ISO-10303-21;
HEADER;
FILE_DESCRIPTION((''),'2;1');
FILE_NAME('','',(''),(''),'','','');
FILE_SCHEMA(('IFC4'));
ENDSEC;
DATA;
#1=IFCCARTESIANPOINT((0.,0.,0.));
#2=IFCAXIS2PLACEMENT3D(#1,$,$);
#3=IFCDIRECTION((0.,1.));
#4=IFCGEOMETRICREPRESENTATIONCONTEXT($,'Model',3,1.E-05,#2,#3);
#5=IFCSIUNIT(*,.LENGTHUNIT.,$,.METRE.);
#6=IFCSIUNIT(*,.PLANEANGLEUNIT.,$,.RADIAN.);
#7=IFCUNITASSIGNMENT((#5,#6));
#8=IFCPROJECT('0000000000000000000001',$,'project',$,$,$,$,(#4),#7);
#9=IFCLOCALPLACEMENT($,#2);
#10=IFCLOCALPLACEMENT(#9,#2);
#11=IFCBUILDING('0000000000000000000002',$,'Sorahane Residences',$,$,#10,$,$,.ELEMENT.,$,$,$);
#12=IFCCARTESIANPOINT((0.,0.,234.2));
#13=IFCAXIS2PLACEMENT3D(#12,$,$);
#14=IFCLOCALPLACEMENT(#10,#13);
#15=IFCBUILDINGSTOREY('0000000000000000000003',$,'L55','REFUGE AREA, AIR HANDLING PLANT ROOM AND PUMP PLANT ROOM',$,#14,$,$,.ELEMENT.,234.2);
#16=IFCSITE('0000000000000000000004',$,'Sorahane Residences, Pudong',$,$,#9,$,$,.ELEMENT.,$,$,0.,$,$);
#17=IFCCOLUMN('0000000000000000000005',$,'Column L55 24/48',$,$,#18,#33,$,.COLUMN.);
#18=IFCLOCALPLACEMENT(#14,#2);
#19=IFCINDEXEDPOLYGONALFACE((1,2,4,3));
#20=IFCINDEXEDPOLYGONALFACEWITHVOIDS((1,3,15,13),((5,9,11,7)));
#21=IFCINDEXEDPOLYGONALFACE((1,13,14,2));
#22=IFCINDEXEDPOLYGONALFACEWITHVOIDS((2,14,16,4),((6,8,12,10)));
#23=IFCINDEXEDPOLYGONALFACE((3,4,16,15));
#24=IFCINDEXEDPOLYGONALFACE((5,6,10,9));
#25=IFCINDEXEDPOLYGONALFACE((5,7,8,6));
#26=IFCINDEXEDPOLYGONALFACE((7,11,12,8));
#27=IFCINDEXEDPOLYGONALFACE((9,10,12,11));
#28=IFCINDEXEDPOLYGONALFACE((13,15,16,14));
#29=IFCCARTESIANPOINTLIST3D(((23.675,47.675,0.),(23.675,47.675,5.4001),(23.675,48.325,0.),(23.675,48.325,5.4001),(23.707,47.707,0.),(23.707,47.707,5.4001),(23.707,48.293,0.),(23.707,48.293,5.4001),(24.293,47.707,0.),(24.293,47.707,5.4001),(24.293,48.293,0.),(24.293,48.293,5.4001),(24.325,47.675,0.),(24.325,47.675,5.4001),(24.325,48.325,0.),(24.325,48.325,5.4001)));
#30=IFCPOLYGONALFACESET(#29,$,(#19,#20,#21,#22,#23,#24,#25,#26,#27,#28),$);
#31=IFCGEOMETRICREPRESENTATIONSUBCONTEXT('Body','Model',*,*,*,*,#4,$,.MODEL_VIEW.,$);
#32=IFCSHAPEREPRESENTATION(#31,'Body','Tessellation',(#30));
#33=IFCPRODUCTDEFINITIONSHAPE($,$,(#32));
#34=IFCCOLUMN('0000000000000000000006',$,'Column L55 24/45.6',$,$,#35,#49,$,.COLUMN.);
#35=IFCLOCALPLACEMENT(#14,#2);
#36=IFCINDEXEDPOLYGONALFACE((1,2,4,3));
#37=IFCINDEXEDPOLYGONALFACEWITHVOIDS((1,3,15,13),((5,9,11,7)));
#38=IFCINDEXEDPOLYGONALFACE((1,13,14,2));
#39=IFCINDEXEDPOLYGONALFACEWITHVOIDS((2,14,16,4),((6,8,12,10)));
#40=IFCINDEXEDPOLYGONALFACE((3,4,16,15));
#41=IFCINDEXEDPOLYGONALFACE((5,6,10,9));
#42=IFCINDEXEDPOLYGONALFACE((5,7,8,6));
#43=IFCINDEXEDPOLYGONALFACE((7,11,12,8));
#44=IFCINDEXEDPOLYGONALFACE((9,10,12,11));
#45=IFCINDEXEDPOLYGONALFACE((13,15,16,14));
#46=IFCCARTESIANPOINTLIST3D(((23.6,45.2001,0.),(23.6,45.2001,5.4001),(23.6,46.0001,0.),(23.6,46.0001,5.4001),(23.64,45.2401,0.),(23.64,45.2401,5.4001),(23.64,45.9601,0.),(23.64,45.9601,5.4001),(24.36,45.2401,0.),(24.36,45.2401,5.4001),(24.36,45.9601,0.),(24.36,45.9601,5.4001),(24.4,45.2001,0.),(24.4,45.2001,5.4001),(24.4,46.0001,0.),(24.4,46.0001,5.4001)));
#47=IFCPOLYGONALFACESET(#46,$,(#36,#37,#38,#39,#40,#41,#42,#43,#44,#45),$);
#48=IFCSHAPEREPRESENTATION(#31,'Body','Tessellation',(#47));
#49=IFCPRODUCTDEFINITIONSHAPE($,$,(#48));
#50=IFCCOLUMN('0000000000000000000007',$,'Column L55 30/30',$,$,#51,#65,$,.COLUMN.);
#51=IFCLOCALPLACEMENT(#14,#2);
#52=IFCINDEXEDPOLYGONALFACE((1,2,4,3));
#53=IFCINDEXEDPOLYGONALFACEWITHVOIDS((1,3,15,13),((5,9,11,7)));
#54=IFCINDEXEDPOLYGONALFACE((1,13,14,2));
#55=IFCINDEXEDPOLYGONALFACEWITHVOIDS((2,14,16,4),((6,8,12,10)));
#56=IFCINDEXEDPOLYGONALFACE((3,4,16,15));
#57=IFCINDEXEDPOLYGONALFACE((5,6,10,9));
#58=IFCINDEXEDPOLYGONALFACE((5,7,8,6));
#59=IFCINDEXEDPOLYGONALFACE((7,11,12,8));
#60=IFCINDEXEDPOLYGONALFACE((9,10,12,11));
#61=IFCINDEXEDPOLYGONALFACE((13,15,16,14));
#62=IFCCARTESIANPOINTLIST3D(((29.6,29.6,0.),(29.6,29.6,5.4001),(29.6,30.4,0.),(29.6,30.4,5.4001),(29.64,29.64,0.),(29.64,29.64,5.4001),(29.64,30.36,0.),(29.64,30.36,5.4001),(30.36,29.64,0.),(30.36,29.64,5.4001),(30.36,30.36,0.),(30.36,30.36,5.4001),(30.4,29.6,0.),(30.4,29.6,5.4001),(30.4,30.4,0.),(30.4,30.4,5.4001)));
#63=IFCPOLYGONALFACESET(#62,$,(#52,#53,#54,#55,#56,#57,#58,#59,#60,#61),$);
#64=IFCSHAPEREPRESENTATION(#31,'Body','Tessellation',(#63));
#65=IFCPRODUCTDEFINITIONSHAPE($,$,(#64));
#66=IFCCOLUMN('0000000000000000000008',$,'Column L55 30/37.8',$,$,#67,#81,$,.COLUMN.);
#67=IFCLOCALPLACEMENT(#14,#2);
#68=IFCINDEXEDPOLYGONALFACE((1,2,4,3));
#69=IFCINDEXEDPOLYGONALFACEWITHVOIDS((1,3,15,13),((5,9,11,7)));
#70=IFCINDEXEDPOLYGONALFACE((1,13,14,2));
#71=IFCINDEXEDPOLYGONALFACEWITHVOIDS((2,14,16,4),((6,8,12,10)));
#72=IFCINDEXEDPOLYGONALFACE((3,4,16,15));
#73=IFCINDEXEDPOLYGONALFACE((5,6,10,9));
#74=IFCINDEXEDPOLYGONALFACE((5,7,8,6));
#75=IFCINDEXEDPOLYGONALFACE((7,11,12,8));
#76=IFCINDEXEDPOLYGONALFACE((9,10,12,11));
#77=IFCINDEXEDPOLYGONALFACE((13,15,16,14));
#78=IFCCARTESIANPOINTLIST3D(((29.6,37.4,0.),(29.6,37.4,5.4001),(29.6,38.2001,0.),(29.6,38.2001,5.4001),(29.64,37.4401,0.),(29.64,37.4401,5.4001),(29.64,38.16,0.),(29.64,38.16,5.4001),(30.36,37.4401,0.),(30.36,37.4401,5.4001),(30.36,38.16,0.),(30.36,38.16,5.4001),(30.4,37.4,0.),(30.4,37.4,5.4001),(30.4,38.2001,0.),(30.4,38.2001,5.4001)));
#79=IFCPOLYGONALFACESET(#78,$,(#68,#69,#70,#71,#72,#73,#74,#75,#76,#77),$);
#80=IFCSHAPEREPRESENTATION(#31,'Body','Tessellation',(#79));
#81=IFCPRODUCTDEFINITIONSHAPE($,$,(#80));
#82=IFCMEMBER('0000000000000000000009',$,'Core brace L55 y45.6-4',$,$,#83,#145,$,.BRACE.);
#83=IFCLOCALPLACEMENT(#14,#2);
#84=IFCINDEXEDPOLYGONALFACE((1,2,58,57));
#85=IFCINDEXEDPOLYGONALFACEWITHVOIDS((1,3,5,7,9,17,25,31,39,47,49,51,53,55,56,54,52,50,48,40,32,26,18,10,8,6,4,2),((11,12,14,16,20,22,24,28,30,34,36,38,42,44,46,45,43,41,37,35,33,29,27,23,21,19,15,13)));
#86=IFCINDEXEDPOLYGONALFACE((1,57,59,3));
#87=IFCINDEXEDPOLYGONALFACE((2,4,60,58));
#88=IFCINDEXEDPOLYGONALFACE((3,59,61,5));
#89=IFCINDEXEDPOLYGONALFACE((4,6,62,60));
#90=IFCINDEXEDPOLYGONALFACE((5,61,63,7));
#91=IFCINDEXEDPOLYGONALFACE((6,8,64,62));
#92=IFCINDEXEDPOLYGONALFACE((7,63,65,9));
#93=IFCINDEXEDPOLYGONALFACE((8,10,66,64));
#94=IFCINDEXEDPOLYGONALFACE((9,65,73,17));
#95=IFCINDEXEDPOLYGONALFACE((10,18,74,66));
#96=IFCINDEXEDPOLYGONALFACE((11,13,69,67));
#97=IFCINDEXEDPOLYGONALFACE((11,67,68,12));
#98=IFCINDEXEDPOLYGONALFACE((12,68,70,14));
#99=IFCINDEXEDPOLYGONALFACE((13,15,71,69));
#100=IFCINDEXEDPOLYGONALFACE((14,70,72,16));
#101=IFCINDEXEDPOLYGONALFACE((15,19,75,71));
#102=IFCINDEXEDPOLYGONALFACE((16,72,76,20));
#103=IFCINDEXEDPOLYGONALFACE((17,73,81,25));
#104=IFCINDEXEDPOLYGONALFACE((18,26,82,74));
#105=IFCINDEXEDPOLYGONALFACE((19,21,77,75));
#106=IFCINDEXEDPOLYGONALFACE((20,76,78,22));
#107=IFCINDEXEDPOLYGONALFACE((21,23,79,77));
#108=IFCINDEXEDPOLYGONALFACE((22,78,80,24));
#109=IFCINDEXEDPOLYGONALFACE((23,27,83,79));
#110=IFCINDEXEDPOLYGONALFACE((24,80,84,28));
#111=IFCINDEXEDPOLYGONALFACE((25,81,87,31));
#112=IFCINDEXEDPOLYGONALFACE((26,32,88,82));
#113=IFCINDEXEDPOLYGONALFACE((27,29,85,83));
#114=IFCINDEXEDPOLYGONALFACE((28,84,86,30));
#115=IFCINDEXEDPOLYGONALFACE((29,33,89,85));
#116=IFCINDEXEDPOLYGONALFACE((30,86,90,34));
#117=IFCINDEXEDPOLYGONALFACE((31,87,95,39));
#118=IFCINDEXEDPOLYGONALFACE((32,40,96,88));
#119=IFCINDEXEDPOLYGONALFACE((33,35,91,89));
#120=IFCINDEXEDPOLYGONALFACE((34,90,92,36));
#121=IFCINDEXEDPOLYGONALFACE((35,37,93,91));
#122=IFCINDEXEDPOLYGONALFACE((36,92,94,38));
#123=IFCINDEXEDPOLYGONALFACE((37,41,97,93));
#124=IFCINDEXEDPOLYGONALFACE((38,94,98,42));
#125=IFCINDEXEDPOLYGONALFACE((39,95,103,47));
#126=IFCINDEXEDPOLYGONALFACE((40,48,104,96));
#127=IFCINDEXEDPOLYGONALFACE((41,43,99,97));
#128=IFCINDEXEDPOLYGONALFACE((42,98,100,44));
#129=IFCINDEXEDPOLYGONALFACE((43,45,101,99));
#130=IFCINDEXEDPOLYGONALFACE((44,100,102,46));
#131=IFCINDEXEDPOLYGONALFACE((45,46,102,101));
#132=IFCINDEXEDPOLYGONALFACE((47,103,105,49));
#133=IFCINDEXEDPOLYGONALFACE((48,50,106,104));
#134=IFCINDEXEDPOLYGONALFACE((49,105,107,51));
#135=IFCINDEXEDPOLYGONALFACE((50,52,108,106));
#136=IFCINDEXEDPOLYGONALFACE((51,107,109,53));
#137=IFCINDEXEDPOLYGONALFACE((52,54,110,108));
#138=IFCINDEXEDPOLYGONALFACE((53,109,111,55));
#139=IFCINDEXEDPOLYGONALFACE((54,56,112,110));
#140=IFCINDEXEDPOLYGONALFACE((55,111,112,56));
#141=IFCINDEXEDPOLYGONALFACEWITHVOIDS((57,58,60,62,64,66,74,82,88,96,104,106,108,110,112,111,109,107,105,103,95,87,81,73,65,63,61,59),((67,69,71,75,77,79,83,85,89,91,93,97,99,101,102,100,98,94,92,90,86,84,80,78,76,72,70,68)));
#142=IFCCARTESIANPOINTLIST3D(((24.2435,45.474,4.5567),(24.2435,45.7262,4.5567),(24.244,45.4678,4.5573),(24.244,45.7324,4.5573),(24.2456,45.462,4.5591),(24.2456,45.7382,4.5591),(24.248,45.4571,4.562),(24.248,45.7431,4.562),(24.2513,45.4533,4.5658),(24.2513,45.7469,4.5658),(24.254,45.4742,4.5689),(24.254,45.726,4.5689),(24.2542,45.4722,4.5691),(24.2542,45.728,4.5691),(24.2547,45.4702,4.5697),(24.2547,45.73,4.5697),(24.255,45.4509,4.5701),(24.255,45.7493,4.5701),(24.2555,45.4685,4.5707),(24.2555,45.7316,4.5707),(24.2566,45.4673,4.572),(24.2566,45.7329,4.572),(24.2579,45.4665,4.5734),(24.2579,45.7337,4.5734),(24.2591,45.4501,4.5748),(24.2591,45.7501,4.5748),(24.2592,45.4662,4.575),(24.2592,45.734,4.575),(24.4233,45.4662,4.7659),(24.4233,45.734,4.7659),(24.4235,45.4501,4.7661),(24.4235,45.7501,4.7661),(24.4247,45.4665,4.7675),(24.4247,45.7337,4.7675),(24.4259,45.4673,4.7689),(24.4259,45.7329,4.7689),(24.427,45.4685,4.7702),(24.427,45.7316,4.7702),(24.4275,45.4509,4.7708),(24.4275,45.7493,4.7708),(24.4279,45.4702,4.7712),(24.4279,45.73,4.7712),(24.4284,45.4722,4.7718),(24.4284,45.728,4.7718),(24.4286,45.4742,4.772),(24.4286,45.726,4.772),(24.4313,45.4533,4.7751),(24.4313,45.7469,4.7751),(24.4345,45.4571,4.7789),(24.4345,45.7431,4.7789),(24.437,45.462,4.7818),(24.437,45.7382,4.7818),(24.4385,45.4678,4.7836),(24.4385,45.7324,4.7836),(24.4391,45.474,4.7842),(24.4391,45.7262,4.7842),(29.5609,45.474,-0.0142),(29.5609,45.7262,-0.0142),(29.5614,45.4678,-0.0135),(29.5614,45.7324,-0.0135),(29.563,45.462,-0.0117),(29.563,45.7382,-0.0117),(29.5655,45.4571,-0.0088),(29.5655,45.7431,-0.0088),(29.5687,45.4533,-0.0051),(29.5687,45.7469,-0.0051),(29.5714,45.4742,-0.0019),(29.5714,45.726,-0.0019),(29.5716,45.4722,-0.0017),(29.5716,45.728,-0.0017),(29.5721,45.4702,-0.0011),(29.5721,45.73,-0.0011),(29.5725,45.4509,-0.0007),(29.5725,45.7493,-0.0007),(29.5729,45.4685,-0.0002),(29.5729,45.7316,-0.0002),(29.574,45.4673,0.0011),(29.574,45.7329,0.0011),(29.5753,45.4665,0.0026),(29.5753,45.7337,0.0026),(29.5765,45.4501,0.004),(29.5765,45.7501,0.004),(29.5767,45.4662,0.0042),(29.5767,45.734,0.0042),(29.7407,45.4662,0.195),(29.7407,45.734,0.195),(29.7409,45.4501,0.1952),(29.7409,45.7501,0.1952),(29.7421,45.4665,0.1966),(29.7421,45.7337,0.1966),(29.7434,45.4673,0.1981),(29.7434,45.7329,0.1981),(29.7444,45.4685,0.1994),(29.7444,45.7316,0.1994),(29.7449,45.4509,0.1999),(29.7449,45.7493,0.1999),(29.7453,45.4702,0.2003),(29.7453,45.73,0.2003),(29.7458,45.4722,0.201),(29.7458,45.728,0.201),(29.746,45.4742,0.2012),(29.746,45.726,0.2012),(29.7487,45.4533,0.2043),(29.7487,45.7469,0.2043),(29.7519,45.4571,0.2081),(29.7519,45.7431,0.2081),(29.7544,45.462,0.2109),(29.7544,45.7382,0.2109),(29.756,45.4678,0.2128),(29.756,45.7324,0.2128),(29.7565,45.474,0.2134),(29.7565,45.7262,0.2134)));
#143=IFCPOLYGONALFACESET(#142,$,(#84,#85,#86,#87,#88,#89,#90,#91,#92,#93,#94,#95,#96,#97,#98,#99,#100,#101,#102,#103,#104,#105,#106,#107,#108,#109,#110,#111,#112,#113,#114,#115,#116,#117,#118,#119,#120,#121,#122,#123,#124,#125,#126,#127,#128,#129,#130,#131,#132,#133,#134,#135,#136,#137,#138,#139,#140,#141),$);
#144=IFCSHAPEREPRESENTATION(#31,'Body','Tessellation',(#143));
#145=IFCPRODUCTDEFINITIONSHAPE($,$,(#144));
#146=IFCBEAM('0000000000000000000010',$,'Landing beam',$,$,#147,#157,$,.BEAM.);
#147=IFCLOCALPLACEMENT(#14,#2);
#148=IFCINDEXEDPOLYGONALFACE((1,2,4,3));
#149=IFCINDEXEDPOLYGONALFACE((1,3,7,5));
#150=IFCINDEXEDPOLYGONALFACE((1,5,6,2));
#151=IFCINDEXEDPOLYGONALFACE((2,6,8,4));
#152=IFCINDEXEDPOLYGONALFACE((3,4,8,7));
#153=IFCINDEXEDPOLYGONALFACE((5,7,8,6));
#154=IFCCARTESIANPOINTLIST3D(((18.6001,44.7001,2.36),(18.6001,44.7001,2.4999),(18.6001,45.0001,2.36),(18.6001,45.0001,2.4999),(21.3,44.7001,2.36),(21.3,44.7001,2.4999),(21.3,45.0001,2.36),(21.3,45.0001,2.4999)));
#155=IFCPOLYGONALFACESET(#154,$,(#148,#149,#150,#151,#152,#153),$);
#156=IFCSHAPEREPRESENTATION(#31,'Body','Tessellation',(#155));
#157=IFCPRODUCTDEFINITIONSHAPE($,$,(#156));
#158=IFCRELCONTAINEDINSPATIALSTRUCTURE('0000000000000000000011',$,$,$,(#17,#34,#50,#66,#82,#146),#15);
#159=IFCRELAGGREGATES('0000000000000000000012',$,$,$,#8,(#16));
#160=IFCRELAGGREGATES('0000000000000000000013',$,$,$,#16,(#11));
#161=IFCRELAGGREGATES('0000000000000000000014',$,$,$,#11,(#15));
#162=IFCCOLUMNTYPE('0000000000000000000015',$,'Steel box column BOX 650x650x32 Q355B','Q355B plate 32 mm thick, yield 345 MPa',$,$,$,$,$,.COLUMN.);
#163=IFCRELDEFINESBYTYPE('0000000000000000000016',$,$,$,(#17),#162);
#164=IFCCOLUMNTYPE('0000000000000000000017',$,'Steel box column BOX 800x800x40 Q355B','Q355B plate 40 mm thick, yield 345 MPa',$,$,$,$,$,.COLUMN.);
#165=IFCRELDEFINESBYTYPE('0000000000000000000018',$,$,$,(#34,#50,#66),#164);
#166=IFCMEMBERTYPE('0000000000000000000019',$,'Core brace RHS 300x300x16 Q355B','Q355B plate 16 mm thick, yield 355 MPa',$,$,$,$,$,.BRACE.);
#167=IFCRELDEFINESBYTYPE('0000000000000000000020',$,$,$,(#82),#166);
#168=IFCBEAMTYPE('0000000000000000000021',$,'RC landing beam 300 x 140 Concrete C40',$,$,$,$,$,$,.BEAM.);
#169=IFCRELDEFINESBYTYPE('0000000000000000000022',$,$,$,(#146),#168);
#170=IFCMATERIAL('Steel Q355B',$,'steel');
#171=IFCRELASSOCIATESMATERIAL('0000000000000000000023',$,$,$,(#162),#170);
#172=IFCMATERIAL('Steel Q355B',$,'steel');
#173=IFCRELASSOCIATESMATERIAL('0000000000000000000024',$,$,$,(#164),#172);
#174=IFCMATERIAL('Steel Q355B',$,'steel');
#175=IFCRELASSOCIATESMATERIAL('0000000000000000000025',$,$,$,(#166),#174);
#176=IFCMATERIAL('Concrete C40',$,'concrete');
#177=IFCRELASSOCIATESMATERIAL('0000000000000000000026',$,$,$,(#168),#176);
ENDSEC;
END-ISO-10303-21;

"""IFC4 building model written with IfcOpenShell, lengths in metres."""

from ifc_helpers import new_model, si_unit, direction, frame, origin, origin_2d, place, context, subcontext, project, spatial, rectangle, hollow_rectangle, extrude, material, material_profile, profile_set, type_object, element, save


model = new_model("IFC4")

# Units and contexts
model_context = context("Model", 3, precision=1e-05, world=origin(), true_north=direction((0.0, 1.0)))
body_context = subcontext(model_context, "Body", "Model", "MODEL_VIEW")
ifc_project = project(units=[si_unit("LENGTHUNIT", "METRE"), si_unit("PLANEANGLEUNIT", "RADIAN")], contexts=[model_context])

# Site, building, storey
site_placement = place(None, origin())
site = spatial("IfcSite", under=ifc_project, at=site_placement, Name="Sorahane Residences, Pudong", CompositionType="ELEMENT", RefElevation=0.0)
building_placement = place(site_placement, origin())
building = spatial("IfcBuilding", under=site, at=building_placement, Name="Sorahane Residences", CompositionType="ELEMENT")
storey_placement = place(building_placement, frame((0.0, 0.0, 234.2)))
storey = spatial("IfcBuildingStorey", under=building, at=storey_placement, Name="L55", Description="REFUGE AREA, AIR HANDLING PLANT ROOM AND PUMP PLANT ROOM", CompositionType="ELEMENT", Elevation=234.2)

# Columns
ifc_material_1 = material(Name="Steel Q355B", Category="steel")
ifc_material_profile_1 = material_profile(ifc_material_1, hollow_rectangle(XDim=0.6499, YDim=0.6499, WallThickness=0.032, at=origin_2d()), Name="BOX 650x650x32")
ifc_profile_set_1 = profile_set([ifc_material_profile_1], Name="Steel Q355B")
column_type_1 = type_object("IfcColumnType", Name="Steel box column BOX 650x650x32 Q355B", Description="Q355B plate 32 mm thick, yield 345 MPa", PredefinedType="COLUMN", material=ifc_profile_set_1)
column_placement = place(storey_placement, frame((24.0, 48.0, 0.0), z_axis=(0.0, 0.0, 1.0), x_axis=(1.0, 0.0, 0.0)))
element("IfcColumn", 1, at=column_placement, inside=storey, type_object=column_type_1, Name="Column L55 24/48", PredefinedType="COLUMN", context=body_context, shape_type="SweptSolid", body=[
    extrude(hollow_rectangle(XDim=0.6499, YDim=0.6499, WallThickness=0.032, at=origin_2d()), origin(), (0.0, 0.0, 1.0), 5.4001),
])
ifc_material_2 = material(Name="Steel Q355B", Category="steel")
ifc_material_profile_2 = material_profile(ifc_material_2, hollow_rectangle(XDim=0.8, YDim=0.8, WallThickness=0.04, at=origin_2d()), Name="BOX 800x800x40")
ifc_profile_set_2 = profile_set([ifc_material_profile_2], Name="Steel Q355B")
column_type_2 = type_object("IfcColumnType", Name="Steel box column BOX 800x800x40 Q355B", Description="Q355B plate 40 mm thick, yield 345 MPa", PredefinedType="COLUMN", material=ifc_profile_set_2)
for number, where, z_axis, x_axis, name in (
    (2, (24.0, 45.6001, 0.0), (0.0, 0.0, 1.0), (1.0, 0.0, 0.0), "Column L55 24/45.6"),
    (3, (30.0, 30.0, 0.0), (0.0, 0.0, 1.0), (1.0, 0.0, 0.0), "Column L55 30/30"),
    (4, (30.0, 37.8, 0.0), (0.0, 0.0, 1.0), (1.0, 0.0, 0.0), "Column L55 30/37.8"),
):
    element("IfcColumn", number, at=place(storey_placement, frame(where, z_axis=z_axis, x_axis=x_axis)), inside=storey, type_object=column_type_2, Name=name, PredefinedType="COLUMN", context=body_context, shape_type="SweptSolid", body=[
        extrude(hollow_rectangle(XDim=0.8, YDim=0.8, WallThickness=0.04, at=origin_2d()), origin(), (0.0, 0.0, 1.0), 5.4001),
    ])

# Member
ifc_material_3 = material(Name="Steel Q355B", Category="steel")
ifc_material_profile_3 = material_profile(ifc_material_3, hollow_rectangle(XDim=0.3, YDim=0.3, WallThickness=0.0161, InnerFilletRadius=0.0081, OuterFilletRadius=0.0239, at=origin_2d()), Name="RHS 300x300x16")
ifc_profile_set_3 = profile_set([ifc_material_profile_3], Name="Steel Q355B")
member_type = type_object("IfcMemberType", Name="Core brace RHS 300x300x16 Q355B", Description="Q355B plate 16 mm thick, yield 355 MPa", PredefinedType="BRACE", material=ifc_profile_set_3)
member_placement = place(storey_placement, frame((29.6587, 45.6001, 0.0996), z_axis=(-0.758337, 0.0, 0.651863), x_axis=(0.0, -1.0, 0.0)))
element("IfcMember", 5, at=member_placement, inside=storey, type_object=member_type, Name="Core brace L55 y45.6-4", PredefinedType="BRACE", context=body_context, shape_type="SweptSolid", body=[
    extrude(hollow_rectangle(XDim=0.3, YDim=0.3, WallThickness=0.0161, InnerFilletRadius=0.0081, OuterFilletRadius=0.0239, at=origin_2d()), origin(), (0.0, 0.0, 1.0), 7.012),
])

# Beam
ifc_material_4 = material(Name="Concrete C40", Category="concrete")
ifc_material_profile_4 = material_profile(ifc_material_4, rectangle(XDim=0.3, YDim=0.1399, at=origin_2d()), Name="300x140")
ifc_profile_set_4 = profile_set([ifc_material_profile_4], Name="Concrete C40")
beam_type_1 = type_object("IfcBeamType", Name="RC landing beam 300 x 140 Concrete C40", PredefinedType="BEAM", material=ifc_profile_set_4)
beam_1_placement = place(storey_placement, frame((18.6001, 44.8501, 2.4299), z_axis=(1.0, 0.0, 0.0), x_axis=(0.0, 1.0, 0.0)))
element("IfcBeam", 6, at=beam_1_placement, inside=storey, type_object=beam_type_1, Name="Landing beam", PredefinedType="BEAM", context=body_context, shape_type="SweptSolid", body=[
    extrude(rectangle(XDim=0.3, YDim=0.1399, at=origin_2d()), origin(), (0.0, 0.0, 1.0), 2.7),
])

save(model, "model.ifc")
